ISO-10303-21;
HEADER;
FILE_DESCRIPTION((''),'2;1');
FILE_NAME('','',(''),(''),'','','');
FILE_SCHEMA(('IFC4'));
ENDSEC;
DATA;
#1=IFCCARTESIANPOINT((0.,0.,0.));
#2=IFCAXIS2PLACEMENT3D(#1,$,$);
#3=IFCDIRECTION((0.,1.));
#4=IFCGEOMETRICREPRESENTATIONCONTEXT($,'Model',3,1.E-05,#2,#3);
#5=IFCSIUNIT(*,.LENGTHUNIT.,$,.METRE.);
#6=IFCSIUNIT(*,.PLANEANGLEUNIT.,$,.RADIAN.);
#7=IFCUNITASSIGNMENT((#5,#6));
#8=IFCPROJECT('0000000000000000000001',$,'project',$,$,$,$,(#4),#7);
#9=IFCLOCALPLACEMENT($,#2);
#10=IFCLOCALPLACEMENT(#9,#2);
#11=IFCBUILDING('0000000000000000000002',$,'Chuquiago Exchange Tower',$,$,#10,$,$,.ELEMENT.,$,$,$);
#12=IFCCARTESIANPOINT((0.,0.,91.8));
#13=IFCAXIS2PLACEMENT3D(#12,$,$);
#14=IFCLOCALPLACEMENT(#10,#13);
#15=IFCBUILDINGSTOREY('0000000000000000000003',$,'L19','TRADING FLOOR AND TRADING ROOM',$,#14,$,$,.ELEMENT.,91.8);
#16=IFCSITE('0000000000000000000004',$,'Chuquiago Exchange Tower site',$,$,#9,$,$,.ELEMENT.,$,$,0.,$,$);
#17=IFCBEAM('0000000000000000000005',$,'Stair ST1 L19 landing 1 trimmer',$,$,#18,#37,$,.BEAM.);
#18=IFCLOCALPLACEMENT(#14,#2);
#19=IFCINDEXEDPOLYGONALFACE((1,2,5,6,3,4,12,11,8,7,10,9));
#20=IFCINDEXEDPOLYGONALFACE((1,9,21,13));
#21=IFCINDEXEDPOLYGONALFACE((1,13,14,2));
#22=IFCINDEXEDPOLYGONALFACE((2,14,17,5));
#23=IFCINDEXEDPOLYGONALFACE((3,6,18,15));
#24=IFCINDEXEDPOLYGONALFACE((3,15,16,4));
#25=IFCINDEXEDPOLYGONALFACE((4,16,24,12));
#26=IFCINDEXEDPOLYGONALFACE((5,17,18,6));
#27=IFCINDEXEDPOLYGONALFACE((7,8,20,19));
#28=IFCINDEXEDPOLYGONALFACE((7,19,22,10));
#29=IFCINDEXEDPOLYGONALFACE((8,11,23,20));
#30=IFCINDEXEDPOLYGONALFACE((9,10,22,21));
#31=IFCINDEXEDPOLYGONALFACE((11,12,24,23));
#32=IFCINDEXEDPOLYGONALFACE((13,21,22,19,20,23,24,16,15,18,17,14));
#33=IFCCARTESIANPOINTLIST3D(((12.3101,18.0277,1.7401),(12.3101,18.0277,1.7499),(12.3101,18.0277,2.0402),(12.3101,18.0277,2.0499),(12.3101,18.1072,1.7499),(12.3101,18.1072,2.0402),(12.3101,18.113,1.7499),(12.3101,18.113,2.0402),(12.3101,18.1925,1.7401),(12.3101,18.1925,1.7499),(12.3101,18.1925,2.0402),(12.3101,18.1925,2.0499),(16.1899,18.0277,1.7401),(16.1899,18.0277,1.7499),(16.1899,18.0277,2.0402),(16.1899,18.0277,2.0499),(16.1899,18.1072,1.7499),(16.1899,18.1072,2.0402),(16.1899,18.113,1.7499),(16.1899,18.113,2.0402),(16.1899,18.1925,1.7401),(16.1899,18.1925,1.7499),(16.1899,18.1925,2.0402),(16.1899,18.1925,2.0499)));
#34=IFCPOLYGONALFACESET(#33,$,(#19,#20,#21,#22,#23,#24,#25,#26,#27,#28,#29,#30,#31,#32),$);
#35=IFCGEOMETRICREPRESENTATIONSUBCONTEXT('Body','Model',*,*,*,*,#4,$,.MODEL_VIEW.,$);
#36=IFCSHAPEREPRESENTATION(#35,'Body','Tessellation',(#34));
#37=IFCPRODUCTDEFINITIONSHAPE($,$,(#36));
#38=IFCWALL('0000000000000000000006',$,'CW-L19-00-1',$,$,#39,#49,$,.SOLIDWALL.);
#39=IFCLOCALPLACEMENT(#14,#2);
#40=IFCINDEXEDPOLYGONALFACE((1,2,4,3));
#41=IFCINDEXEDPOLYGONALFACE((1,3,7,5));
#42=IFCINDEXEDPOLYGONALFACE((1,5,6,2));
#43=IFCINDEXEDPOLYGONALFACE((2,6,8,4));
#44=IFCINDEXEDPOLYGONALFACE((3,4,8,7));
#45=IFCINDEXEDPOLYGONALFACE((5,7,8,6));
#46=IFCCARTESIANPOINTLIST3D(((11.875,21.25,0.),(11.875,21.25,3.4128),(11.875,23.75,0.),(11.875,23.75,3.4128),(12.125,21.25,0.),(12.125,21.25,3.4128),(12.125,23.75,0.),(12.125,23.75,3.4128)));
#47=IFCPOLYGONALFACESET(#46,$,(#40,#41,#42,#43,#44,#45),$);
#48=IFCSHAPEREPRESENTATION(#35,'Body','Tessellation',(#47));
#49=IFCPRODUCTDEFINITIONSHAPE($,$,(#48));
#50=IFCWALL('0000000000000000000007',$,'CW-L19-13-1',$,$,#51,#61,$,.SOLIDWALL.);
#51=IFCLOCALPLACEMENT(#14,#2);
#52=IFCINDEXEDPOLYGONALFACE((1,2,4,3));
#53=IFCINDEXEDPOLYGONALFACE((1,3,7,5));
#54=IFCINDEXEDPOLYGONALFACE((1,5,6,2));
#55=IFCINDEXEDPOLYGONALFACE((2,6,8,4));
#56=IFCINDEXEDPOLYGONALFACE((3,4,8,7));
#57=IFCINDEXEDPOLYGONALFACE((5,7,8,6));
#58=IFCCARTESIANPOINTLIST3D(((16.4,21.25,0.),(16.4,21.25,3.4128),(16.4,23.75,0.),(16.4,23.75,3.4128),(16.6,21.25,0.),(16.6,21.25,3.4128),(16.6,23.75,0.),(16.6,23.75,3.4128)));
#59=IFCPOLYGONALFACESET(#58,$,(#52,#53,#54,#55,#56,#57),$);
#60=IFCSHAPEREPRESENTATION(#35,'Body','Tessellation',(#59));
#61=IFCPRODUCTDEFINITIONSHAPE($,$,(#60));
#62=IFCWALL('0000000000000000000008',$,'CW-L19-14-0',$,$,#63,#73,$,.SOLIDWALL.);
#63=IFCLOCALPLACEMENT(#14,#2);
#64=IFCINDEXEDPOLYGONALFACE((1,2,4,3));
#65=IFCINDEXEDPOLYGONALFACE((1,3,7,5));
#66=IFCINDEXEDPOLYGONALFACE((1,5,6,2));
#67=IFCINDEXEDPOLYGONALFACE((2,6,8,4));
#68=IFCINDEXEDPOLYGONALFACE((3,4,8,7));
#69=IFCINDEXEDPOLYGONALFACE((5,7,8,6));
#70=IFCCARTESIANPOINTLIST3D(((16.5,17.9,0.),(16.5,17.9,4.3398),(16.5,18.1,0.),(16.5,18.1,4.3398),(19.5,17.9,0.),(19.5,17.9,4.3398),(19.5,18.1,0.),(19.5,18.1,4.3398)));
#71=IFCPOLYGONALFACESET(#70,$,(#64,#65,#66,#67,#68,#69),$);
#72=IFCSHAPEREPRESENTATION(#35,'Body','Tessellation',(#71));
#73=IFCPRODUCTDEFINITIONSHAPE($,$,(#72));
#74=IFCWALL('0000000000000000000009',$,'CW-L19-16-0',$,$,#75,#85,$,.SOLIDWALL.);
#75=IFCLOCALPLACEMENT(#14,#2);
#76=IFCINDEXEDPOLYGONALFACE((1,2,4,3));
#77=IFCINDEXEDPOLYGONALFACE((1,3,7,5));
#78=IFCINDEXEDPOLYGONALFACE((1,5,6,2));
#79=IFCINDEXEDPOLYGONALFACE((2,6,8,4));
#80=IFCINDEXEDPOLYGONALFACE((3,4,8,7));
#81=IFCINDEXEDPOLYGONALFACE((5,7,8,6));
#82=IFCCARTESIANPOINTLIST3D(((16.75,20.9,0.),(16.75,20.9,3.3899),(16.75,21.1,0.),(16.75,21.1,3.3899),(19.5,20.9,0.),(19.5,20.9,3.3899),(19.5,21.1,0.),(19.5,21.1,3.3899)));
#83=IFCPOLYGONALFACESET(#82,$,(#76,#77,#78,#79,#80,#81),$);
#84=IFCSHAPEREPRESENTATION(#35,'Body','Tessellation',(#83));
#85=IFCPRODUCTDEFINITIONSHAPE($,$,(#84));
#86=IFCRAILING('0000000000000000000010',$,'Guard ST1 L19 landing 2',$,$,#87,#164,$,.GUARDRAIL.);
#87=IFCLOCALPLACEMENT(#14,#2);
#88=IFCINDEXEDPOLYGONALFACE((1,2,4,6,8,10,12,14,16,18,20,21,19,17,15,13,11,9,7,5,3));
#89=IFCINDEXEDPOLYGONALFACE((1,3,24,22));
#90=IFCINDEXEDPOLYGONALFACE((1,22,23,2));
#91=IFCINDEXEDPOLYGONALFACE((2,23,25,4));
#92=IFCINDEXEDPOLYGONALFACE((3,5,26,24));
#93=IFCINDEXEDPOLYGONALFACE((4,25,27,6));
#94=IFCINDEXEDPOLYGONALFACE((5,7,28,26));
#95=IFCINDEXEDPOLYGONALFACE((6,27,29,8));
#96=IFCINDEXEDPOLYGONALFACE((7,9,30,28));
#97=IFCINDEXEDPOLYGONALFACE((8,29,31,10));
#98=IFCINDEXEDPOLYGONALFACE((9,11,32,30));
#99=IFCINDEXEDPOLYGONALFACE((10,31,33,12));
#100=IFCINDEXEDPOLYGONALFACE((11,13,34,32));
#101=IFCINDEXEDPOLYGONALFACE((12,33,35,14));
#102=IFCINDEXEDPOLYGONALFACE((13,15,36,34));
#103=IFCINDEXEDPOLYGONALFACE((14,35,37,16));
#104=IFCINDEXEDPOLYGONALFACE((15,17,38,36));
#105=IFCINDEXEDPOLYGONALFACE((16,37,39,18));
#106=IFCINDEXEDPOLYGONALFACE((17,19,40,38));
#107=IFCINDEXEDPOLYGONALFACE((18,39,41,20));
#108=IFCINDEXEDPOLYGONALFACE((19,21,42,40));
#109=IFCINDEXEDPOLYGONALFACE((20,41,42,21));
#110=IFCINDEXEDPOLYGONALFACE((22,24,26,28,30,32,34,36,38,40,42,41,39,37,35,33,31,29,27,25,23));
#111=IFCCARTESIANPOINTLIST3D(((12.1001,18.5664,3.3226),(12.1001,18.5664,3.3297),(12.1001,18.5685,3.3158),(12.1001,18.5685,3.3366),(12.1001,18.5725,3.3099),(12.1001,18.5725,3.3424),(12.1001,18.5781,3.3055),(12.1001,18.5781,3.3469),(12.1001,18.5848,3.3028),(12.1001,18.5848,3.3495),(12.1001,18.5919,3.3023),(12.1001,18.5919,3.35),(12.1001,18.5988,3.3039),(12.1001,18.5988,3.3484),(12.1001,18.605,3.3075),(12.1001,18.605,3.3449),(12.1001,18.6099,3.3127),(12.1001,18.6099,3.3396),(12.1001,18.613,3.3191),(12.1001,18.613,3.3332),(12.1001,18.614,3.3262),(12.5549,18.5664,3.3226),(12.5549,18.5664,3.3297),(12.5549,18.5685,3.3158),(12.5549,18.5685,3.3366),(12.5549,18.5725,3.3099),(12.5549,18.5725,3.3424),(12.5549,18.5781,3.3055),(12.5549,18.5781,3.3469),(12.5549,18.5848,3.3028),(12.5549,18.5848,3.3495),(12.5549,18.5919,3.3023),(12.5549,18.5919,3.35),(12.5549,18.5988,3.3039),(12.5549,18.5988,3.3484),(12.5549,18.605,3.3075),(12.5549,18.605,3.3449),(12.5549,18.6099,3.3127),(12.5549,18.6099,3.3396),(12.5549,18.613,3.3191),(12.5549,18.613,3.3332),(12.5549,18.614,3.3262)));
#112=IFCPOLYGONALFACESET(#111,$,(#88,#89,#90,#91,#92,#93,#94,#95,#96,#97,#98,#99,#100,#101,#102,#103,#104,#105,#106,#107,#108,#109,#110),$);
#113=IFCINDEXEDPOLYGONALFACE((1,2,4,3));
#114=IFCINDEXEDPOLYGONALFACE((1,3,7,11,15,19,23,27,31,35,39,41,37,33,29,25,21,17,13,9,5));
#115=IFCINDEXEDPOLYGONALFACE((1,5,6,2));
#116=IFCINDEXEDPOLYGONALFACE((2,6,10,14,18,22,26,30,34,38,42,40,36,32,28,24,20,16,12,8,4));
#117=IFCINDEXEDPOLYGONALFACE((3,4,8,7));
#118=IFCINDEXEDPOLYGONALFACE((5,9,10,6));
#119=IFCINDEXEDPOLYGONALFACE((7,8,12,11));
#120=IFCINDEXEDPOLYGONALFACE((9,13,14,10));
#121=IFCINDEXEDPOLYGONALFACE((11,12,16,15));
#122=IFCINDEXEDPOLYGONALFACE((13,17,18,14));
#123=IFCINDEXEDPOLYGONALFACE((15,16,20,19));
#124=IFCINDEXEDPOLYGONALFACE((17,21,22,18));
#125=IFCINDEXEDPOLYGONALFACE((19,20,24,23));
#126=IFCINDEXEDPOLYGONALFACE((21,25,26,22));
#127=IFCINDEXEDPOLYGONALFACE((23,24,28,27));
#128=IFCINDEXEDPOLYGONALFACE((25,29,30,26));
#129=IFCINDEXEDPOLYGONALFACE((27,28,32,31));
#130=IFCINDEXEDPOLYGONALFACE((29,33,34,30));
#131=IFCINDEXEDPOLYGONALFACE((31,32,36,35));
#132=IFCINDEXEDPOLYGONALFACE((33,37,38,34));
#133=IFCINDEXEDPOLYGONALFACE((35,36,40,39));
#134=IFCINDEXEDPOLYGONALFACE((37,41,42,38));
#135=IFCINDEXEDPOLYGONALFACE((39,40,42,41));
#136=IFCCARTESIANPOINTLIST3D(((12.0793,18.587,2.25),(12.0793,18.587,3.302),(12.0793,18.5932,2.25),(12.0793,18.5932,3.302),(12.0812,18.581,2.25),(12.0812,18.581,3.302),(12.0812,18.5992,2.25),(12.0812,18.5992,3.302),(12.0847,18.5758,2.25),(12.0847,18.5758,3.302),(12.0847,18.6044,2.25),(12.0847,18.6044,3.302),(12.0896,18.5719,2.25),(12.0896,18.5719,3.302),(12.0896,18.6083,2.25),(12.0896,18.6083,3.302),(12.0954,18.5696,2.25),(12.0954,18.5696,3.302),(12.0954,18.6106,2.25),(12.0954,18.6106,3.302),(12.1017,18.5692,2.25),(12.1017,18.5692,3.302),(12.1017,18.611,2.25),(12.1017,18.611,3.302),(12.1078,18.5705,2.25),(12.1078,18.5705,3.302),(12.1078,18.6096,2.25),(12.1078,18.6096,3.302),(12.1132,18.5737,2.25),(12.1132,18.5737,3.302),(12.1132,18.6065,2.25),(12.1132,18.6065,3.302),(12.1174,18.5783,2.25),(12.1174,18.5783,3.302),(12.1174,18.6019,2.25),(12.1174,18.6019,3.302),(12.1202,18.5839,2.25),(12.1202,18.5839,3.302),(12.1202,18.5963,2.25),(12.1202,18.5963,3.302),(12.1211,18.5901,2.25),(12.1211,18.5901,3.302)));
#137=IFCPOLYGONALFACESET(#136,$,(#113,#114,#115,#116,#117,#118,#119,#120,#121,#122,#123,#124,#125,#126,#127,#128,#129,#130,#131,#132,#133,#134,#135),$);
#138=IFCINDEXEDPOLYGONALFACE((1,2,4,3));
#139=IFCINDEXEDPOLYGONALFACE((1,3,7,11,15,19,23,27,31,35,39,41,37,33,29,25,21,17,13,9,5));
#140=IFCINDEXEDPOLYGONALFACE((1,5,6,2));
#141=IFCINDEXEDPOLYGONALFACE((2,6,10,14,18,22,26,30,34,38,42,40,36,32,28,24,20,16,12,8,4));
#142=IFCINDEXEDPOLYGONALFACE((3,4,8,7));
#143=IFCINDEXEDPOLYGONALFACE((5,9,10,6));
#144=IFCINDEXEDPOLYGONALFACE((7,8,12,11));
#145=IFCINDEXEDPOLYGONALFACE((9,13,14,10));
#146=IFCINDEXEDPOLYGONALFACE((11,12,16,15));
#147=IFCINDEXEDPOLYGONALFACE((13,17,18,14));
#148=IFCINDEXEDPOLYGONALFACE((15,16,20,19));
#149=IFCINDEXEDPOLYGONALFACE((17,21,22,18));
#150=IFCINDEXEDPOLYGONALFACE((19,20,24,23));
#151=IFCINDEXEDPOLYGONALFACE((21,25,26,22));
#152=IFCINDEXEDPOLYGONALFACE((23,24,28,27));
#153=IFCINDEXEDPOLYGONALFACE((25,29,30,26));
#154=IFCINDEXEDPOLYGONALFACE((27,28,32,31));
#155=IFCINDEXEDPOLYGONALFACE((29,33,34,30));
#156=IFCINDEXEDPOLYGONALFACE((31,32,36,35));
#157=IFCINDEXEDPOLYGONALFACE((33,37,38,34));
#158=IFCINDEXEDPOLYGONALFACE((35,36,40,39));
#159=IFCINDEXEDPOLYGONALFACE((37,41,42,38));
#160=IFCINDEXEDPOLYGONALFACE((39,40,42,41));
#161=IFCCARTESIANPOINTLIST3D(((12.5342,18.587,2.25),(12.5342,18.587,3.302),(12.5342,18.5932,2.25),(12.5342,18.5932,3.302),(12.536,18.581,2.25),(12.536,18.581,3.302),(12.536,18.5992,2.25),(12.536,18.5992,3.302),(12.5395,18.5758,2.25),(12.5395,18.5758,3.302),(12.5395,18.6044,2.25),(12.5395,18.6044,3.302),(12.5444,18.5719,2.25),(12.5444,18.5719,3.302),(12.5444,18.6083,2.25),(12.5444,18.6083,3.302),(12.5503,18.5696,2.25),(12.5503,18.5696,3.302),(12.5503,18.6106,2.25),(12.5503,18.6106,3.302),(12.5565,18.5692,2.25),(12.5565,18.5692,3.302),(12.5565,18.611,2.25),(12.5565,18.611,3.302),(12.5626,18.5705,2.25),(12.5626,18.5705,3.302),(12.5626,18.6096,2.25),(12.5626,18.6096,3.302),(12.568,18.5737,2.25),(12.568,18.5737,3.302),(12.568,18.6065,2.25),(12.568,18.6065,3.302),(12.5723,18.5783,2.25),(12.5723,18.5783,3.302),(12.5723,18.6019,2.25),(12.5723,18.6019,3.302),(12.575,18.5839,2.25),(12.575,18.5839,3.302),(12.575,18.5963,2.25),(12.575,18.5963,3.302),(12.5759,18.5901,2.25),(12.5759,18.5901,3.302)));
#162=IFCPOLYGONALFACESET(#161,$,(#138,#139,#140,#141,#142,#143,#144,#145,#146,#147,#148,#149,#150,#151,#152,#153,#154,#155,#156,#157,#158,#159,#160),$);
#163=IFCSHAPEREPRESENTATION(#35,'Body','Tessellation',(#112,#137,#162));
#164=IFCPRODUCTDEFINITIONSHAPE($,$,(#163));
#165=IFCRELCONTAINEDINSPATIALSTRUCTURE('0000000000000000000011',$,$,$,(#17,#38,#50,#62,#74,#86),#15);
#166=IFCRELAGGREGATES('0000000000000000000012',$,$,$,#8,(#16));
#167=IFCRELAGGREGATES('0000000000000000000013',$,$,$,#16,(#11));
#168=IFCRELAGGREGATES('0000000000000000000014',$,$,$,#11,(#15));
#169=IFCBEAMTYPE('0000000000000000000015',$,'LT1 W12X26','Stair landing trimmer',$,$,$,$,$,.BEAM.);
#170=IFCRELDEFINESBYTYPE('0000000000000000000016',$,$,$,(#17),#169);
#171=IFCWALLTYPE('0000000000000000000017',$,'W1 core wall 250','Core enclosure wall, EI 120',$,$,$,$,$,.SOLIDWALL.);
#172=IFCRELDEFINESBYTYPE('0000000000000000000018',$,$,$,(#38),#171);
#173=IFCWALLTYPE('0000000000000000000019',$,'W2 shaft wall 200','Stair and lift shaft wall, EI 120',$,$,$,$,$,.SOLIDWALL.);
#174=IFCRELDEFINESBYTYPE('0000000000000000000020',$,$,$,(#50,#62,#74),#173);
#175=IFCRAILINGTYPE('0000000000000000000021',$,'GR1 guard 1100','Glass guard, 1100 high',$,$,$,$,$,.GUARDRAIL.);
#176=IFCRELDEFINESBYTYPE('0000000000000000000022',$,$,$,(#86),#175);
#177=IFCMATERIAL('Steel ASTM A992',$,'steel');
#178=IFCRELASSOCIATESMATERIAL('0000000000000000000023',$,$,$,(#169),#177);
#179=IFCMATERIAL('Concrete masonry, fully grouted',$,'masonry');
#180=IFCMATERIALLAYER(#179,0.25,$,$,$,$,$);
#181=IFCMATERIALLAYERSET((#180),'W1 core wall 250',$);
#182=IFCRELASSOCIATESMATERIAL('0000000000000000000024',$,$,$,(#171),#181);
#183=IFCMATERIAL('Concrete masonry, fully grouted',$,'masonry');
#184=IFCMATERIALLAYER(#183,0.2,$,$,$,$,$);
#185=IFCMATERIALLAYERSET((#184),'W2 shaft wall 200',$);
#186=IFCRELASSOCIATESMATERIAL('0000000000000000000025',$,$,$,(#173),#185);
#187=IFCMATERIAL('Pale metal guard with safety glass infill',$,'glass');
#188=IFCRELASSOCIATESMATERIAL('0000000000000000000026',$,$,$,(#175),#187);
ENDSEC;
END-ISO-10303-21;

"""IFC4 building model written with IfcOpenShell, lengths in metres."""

from ifc_helpers import new_model, si_unit, direction, frame, frame_2d, origin, origin_2d, place, context, subcontext, project, spatial, rectangle, circle, i_section, extrude, material, layer, layer_set, material_profile, profile_set, type_object, element, save


model = new_model("IFC4")

# Units and contexts
model_context = context("Model", 3, precision=1e-05, world=origin(), true_north=direction((0.0, 1.0)))
body_context = subcontext(model_context, "Body", "Model", "MODEL_VIEW")
ifc_project = project(units=[si_unit("LENGTHUNIT", "METRE"), si_unit("PLANEANGLEUNIT", "RADIAN")], contexts=[model_context])

# Site, building, storey
site_placement = place(None, origin())
site = spatial("IfcSite", under=ifc_project, at=site_placement, Name="Chuquiago Exchange Tower site", CompositionType="ELEMENT", RefElevation=0.0)
building_placement = place(site_placement, origin())
building = spatial("IfcBuilding", under=site, at=building_placement, Name="Chuquiago Exchange Tower", CompositionType="ELEMENT")
storey_placement = place(building_placement, frame((0.0, 0.0, 91.8)))
storey = spatial("IfcBuildingStorey", under=building, at=storey_placement, Name="L19", Description="TRADING FLOOR AND TRADING ROOM", CompositionType="ELEMENT", Elevation=91.8)

# Beam
ifc_material_1 = material(Name="Steel ASTM A992", Category="steel")
ifc_material_profile_1 = material_profile(ifc_material_1, i_section(OverallWidth=0.1648, OverallDepth=0.3098, WebThickness=0.0059, FlangeThickness=0.0098, at=origin_2d()), Name="W12X26")
ifc_profile_set_1 = profile_set([ifc_material_profile_1], Name="Steel ASTM A992")
beam_type_1 = type_object("IfcBeamType", Name="LT1 W12X26", Description="Stair landing trimmer", PredefinedType="BEAM", material=ifc_profile_set_1)
beam_1_placement = place(storey_placement, frame((12.3101, 18.1101, 1.895), z_axis=(1.0, 0.0, 0.0), x_axis=(0.0, 1.0, 0.0)))
element("IfcBeam", 1, at=beam_1_placement, inside=storey, type_object=beam_type_1, Name="Stair ST1 L19 landing 1 trimmer", PredefinedType="BEAM", context=body_context, shape_type="SweptSolid", body=[
    extrude(i_section(OverallWidth=0.1648, OverallDepth=0.3098, WebThickness=0.0059, FlangeThickness=0.0098, at=origin_2d()), origin(), (0.0, 0.0, 1.0), 3.8799),
])

# Walls
ifc_material_2 = material(Name="Concrete masonry, fully grouted", Category="masonry")
ifc_layer_1 = layer(ifc_material_2, 0.25)
ifc_layer_set_1 = layer_set([ifc_layer_1], Name="W1 core wall 250")
wall_type_1 = type_object("IfcWallType", Name="W1 core wall 250", Description="Core enclosure wall, EI 120", PredefinedType="SOLIDWALL", material=ifc_layer_set_1)
wall_1_placement = place(storey_placement, frame((12.0, 21.25, 0.0), z_axis=(0.0, 0.0, 1.0), x_axis=(0.0, 1.0, 0.0)))
element("IfcWall", 2, at=wall_1_placement, inside=storey, type_object=wall_type_1, Name="CW-L19-00-1", PredefinedType="SOLIDWALL", context=body_context, shape_type="SweptSolid", body=[
    extrude(rectangle(XDim=2.5, YDim=0.25, at=frame_2d((1.25, 0.0))), origin(), (0.0, 0.0, 1.0), 3.4128),
])
ifc_material_3 = material(Name="Concrete masonry, fully grouted", Category="masonry")
ifc_layer_2 = layer(ifc_material_3, 0.2)
ifc_layer_set_2 = layer_set([ifc_layer_2], Name="W2 shaft wall 200")
wall_type_2 = type_object("IfcWallType", Name="W2 shaft wall 200", Description="Stair and lift shaft wall, EI 120", PredefinedType="SOLIDWALL", material=ifc_layer_set_2)
wall_2_placement = place(storey_placement, frame((16.5, 21.25, 0.0), z_axis=(0.0, 0.0, 1.0), x_axis=(0.0, 1.0, 0.0)))
element("IfcWall", 3, at=wall_2_placement, inside=storey, type_object=wall_type_2, Name="CW-L19-13-1", PredefinedType="SOLIDWALL", context=body_context, shape_type="SweptSolid", body=[
    extrude(rectangle(XDim=2.5, YDim=0.2, at=frame_2d((1.25, 0.0))), origin(), (0.0, 0.0, 1.0), 3.4128),
])
wall_3_placement = place(storey_placement, frame((16.5, 18.0, 0.0), z_axis=(0.0, 0.0, 1.0), x_axis=(1.0, 0.0, 0.0)))
element("IfcWall", 4, at=wall_3_placement, inside=storey, type_object=wall_type_2, Name="CW-L19-14-0", PredefinedType="SOLIDWALL", context=body_context, shape_type="SweptSolid", body=[
    extrude(rectangle(XDim=3.0, YDim=0.2, at=frame_2d((1.5, 0.0))), origin(), (0.0, 0.0, 1.0), 4.3398),
])
wall_4_placement = place(storey_placement, frame((16.75, 21.0, 0.0), z_axis=(0.0, 0.0, 1.0), x_axis=(1.0, 0.0, 0.0)))
element("IfcWall", 5, at=wall_4_placement, inside=storey, type_object=wall_type_2, Name="CW-L19-16-0", PredefinedType="SOLIDWALL", context=body_context, shape_type="SweptSolid", body=[
    extrude(rectangle(XDim=2.75, YDim=0.2, at=frame_2d((1.375, 0.0))), origin(), (0.0, 0.0, 1.0), 3.3899),
])

# Railing
ifc_material_4 = material(Name="Pale metal guard with safety glass infill", Category="glass")
railing_type_1 = type_object("IfcRailingType", Name="GR1 guard 1100", Description="Glass guard, 1100 high", PredefinedType="GUARDRAIL", material=ifc_material_4)
for number, where, name in (
    (6, (12.1001, 18.5901, 2.25), "Guard ST1 L19 landing 2"),
):
    element("IfcRailing", number, at=place(storey_placement, frame(where)), inside=storey, type_object=railing_type_1, Name=name, PredefinedType="GUARDRAIL", context=body_context, shape_type="SweptSolid", body=[
        extrude(circle(Radius=0.0239, at=origin_2d()), frame((0.0, 0.0, 1.0762), z_axis=(1.0, 0.0, 0.0), x_axis=(0.0, 1.0, 0.0)), (0.0, 0.0, 1.0), 0.4548),
        extrude(circle(Radius=0.021, at=origin_2d()), origin(), (0.0, 0.0, 1.0), 1.052),
        extrude(circle(Radius=0.021, at=origin_2d()), frame((0.4548, 0.0, 0.0)), (0.0, 0.0, 1.0), 1.052),
    ])

save(model, "model.ifc")
